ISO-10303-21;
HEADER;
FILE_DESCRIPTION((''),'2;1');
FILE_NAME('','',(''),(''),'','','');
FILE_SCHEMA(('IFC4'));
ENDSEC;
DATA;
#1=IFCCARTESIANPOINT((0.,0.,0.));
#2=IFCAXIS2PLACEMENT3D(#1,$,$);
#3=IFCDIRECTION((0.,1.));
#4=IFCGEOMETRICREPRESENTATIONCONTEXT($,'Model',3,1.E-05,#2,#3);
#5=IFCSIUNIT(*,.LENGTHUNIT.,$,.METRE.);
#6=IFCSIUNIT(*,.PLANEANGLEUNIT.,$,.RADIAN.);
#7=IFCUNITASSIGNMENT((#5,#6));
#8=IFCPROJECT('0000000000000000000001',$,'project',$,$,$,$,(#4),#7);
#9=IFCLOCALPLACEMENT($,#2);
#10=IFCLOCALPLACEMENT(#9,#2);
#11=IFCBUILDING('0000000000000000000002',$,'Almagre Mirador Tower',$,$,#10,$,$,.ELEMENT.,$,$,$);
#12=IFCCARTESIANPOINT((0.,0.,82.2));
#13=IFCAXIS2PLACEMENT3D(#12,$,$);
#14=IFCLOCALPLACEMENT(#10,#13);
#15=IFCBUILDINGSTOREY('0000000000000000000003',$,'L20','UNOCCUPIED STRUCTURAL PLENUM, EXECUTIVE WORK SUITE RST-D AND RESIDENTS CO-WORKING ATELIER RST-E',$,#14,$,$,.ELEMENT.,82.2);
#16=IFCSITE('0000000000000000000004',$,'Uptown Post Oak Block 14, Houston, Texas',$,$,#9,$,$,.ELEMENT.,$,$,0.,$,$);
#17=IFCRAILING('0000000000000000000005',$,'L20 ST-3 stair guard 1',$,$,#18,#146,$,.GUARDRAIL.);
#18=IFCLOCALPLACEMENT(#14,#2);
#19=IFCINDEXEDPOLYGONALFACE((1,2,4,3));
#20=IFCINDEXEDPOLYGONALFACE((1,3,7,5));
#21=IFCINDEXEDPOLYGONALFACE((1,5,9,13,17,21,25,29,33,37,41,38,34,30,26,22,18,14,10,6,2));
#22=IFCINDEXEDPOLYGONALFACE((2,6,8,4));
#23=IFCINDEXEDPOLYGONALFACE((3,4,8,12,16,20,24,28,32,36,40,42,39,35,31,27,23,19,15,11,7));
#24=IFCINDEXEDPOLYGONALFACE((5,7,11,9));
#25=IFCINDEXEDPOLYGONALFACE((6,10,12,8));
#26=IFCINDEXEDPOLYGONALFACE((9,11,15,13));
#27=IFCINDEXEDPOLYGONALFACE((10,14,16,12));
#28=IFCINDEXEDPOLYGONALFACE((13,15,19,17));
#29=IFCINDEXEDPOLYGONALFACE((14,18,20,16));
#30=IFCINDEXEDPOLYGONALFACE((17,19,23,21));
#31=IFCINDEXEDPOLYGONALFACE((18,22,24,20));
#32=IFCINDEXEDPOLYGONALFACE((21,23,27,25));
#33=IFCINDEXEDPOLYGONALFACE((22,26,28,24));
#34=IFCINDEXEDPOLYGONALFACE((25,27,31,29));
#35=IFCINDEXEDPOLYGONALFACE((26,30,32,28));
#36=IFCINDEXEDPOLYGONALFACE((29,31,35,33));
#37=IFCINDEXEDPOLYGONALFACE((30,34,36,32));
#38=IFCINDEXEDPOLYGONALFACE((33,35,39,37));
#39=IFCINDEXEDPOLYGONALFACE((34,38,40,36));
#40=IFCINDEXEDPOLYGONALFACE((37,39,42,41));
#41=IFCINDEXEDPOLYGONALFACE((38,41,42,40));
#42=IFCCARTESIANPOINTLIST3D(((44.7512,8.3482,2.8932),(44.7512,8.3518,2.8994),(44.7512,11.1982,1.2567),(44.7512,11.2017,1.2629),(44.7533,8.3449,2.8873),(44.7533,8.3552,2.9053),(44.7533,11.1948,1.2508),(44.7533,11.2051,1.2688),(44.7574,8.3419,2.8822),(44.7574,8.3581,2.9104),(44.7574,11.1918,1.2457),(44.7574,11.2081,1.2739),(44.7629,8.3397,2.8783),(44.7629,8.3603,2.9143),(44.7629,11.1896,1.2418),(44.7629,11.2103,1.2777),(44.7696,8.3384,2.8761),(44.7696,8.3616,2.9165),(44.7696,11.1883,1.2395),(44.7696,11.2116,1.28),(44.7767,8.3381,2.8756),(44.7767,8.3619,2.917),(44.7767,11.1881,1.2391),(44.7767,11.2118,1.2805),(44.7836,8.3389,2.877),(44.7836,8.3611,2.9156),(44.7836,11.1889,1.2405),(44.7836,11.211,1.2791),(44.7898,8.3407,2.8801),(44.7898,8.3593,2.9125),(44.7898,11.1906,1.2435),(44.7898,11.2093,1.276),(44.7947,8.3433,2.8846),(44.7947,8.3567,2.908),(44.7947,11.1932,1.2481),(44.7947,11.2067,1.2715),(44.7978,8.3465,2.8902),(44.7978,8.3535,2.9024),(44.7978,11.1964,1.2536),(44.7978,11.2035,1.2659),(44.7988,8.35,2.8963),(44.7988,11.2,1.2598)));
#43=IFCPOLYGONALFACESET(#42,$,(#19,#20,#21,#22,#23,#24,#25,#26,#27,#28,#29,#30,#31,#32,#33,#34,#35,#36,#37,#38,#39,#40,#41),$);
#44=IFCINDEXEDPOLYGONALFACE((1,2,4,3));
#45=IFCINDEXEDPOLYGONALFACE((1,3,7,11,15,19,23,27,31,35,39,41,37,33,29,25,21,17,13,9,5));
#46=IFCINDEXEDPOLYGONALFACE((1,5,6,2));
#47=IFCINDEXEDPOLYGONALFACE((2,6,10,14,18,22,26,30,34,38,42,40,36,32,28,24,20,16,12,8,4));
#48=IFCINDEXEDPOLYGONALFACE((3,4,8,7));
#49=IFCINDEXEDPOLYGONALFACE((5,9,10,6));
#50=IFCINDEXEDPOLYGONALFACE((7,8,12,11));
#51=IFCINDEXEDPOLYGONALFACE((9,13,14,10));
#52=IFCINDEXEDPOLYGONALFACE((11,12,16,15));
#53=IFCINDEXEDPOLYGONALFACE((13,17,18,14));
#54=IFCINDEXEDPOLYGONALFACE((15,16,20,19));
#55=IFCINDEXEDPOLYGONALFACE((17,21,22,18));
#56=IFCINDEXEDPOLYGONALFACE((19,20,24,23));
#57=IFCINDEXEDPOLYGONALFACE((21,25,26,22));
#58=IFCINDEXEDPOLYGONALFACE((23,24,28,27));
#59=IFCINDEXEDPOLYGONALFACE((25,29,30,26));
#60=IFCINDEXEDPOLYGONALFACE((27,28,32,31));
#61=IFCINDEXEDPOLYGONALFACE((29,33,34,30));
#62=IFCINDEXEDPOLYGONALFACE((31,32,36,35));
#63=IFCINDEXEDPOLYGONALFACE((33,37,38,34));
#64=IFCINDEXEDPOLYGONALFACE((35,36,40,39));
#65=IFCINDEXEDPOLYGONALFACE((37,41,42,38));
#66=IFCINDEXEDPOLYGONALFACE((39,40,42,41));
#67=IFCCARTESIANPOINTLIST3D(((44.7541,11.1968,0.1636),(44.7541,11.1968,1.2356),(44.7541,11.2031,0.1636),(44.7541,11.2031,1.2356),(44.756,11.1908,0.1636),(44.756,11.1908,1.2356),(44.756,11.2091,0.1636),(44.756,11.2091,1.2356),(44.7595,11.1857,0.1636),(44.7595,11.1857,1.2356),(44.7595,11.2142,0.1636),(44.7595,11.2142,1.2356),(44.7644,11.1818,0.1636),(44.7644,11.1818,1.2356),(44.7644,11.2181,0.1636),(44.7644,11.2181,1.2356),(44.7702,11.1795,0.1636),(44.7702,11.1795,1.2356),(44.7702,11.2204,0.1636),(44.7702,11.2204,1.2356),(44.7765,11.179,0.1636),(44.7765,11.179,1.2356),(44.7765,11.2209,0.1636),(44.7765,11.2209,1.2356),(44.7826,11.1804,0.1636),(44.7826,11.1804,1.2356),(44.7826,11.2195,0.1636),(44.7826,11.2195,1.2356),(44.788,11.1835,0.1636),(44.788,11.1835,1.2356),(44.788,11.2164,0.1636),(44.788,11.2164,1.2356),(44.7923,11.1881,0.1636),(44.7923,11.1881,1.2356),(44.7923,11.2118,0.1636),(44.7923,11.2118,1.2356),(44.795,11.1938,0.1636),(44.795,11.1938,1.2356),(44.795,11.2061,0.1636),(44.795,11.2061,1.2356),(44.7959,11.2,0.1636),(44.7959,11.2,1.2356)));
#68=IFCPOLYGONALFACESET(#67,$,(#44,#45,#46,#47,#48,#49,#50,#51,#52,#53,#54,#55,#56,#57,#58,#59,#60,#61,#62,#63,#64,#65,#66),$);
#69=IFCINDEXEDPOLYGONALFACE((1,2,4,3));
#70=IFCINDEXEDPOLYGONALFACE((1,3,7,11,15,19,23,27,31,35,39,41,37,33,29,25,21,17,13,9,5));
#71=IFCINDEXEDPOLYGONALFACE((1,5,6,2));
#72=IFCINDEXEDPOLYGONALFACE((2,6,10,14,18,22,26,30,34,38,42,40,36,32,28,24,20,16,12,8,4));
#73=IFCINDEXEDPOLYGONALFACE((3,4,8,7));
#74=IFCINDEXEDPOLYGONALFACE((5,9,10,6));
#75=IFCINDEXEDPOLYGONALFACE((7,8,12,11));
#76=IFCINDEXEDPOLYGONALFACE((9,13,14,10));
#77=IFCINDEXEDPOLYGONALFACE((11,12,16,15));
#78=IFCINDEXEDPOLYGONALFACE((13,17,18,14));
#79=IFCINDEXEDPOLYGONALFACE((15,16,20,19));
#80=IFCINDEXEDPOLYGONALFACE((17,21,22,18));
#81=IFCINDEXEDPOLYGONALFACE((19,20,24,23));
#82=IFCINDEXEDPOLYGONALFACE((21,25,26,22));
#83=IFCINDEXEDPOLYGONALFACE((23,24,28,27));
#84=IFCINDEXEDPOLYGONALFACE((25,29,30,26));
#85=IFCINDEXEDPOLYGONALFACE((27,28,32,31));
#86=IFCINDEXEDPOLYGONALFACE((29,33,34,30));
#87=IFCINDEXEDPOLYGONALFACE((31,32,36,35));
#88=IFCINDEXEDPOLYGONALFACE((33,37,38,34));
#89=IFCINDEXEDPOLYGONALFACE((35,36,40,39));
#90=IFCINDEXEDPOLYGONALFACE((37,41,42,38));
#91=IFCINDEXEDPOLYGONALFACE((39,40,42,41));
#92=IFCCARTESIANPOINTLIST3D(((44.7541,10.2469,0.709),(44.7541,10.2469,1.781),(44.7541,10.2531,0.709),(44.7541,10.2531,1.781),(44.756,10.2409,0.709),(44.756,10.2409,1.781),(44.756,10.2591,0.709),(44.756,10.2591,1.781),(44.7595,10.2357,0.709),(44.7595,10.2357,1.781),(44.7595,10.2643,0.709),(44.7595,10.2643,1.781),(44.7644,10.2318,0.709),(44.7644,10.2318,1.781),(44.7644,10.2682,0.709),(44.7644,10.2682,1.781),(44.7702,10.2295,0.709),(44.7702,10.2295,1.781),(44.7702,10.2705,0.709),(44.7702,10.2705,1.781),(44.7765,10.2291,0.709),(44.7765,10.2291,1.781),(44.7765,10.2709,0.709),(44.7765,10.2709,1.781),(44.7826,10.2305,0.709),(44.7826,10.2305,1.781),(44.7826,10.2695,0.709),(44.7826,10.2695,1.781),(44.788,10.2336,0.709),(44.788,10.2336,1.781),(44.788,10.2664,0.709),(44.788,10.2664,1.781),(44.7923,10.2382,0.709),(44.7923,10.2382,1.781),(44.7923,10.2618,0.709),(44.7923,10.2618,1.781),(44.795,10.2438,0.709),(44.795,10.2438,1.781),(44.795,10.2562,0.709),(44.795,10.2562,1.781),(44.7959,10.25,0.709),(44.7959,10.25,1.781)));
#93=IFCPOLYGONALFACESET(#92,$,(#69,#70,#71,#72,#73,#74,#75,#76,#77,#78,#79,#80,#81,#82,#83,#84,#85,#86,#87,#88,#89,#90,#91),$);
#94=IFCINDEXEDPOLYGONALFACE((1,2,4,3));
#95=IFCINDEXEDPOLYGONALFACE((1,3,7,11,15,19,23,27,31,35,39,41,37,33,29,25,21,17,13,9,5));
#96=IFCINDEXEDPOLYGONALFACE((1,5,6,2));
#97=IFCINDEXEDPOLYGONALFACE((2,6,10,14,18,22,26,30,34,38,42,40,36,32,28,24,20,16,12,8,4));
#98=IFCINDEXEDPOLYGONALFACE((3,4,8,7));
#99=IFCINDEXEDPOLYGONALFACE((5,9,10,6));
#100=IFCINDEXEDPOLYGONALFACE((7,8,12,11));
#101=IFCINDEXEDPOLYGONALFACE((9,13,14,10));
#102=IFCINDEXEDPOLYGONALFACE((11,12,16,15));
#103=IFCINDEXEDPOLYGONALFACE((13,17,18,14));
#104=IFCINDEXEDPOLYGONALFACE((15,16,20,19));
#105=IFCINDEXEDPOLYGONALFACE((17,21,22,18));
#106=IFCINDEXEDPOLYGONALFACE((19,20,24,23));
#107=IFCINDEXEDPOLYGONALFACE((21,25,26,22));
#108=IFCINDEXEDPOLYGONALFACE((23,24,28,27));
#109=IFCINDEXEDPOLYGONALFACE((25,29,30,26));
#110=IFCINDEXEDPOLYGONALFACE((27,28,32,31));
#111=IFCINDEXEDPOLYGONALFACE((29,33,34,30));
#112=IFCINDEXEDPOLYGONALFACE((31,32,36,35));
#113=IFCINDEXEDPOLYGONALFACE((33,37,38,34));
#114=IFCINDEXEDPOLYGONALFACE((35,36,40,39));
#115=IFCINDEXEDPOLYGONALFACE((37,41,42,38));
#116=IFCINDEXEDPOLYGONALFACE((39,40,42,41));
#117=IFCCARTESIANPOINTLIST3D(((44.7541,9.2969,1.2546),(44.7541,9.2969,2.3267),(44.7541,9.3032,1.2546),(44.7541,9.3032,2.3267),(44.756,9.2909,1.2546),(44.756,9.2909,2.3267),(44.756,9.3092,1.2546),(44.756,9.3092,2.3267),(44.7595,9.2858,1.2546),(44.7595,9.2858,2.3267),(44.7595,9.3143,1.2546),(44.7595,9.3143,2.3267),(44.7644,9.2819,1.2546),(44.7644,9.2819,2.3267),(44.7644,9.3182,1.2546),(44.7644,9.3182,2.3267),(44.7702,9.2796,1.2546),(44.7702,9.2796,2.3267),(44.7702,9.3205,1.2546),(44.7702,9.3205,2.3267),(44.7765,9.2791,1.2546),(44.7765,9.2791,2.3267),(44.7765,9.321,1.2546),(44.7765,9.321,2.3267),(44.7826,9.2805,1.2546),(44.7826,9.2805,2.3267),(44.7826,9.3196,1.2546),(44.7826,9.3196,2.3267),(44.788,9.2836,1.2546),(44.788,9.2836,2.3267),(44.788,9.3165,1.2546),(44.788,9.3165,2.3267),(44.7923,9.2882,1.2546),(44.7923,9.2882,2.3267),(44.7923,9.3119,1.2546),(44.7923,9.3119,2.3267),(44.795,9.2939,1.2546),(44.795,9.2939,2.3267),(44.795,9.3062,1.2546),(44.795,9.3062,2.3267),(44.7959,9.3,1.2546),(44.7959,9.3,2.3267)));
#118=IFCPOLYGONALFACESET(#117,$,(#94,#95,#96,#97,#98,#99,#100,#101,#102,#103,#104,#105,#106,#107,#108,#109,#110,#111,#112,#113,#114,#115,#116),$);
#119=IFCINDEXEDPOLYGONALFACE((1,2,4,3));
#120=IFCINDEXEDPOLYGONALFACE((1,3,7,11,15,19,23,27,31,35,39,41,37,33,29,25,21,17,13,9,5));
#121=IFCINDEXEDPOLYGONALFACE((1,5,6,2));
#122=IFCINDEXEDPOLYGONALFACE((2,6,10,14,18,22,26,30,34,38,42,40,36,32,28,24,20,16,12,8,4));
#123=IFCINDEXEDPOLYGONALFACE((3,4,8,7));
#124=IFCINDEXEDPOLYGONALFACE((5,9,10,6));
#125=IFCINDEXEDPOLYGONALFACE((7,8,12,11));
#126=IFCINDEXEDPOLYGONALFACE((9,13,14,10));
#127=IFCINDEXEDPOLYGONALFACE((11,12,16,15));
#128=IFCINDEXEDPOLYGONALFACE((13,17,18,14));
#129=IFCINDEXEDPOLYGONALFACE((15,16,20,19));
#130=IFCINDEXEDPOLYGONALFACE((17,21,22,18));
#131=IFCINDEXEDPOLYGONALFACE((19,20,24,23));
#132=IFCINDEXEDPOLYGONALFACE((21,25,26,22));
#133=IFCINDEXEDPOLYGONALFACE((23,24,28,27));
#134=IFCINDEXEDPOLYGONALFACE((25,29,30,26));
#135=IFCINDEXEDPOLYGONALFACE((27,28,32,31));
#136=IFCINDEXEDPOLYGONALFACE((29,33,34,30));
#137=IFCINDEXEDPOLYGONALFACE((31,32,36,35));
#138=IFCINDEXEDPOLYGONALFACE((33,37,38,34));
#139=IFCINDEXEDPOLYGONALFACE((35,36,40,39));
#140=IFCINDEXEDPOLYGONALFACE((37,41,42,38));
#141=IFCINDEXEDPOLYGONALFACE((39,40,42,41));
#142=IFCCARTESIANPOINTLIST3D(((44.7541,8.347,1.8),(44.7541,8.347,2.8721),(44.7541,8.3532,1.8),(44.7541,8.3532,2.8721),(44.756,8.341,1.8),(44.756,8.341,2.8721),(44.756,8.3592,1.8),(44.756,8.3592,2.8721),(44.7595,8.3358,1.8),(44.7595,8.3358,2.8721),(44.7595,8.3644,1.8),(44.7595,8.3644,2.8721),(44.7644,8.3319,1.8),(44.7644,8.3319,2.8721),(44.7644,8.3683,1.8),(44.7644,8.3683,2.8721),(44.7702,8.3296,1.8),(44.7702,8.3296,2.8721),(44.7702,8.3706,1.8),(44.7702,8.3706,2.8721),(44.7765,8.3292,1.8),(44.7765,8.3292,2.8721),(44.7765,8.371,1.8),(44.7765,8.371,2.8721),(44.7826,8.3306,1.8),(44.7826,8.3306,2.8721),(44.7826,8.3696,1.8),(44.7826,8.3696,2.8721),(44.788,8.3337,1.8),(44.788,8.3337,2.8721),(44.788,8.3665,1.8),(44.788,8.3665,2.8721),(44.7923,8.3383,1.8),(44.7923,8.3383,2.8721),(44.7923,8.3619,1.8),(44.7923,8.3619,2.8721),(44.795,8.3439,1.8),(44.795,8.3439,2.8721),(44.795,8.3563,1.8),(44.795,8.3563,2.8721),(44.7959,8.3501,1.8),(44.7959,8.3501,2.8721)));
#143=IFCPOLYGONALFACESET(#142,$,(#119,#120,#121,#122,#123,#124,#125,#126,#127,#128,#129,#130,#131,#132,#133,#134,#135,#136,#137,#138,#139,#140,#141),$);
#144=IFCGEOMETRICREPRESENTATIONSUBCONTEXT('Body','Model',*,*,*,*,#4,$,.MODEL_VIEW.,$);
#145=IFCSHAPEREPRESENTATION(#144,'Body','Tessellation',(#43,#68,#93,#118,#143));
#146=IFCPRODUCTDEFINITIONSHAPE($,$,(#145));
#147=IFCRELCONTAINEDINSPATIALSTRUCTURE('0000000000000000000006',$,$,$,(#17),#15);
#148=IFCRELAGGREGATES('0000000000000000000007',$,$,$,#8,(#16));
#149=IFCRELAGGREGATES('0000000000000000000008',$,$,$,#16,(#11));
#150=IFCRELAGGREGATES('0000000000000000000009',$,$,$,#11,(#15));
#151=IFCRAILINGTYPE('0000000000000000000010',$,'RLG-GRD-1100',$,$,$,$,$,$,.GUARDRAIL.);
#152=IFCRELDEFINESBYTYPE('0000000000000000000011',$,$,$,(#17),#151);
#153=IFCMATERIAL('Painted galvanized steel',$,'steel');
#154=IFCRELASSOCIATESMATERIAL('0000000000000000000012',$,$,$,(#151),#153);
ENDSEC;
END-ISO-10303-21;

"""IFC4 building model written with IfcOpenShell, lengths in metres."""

from ifc_helpers import new_model, si_unit, direction, frame, origin, origin_2d, place, context, subcontext, project, spatial, circle, extrude, material, type_object, element, save


model = new_model("IFC4")

# Units and contexts
model_context = context("Model", 3, precision=1e-05, world=origin(), true_north=direction((0.0, 1.0)))
body_context = subcontext(model_context, "Body", "Model", "MODEL_VIEW")
ifc_project = project(units=[si_unit("LENGTHUNIT", "METRE"), si_unit("PLANEANGLEUNIT", "RADIAN")], contexts=[model_context])

# Site, building, storey
site_placement = place(None, origin())
site = spatial("IfcSite", under=ifc_project, at=site_placement, Name="Uptown Post Oak Block 14, Houston, Texas", CompositionType="ELEMENT", RefElevation=0.0)
building_placement = place(site_placement, origin())
building = spatial("IfcBuilding", under=site, at=building_placement, Name="Almagre Mirador Tower", CompositionType="ELEMENT")
storey_placement = place(building_placement, frame((0.0, 0.0, 82.2)))
storey = spatial("IfcBuildingStorey", under=building, at=storey_placement, Name="L20", Description="UNOCCUPIED STRUCTURAL PLENUM, EXECUTIVE WORK SUITE RST-D AND RESIDENTS CO-WORKING ATELIER RST-E", CompositionType="ELEMENT", Elevation=82.2)

# Railing
ifc_material_1 = material(Name="Painted galvanized steel", Category="steel")
railing_type_1 = type_object("IfcRailingType", Name="RLG-GRD-1100", PredefinedType="GUARDRAIL", material=ifc_material_1)
railing_1_placement = place(storey_placement, frame((44.7749, 11.2, 0.1636)))
element("IfcRailing", 1, at=railing_1_placement, inside=storey, type_object=railing_type_1, Name="L20 ST-3 stair guard 1", PredefinedType="GUARDRAIL", context=body_context, shape_type="SweptSolid", body=[
    extrude(circle(Radius=0.0239, at=origin_2d()), frame((0.0, 0.0, 1.0962), z_axis=(0.0, -0.867194, 0.49797), x_axis=(1.0, 0.0, 0.0)), (0.0, 0.0, 1.0), 3.2864),
    extrude(circle(Radius=0.021, at=origin_2d()), origin(), (0.0, 0.0, 1.0), 1.072),
    extrude(circle(Radius=0.021, at=origin_2d()), frame((0.0, -0.95, 0.5454)), (0.0, 0.0, 1.0), 1.072),
    extrude(circle(Radius=0.021, at=origin_2d()), frame((0.0, -1.8999, 1.0911)), (0.0, 0.0, 1.0), 1.072),
    extrude(circle(Radius=0.021, at=origin_2d()), frame((0.0, -2.8499, 1.6365)), (0.0, 0.0, 1.0), 1.072),
])

save(model, "model.ifc")
